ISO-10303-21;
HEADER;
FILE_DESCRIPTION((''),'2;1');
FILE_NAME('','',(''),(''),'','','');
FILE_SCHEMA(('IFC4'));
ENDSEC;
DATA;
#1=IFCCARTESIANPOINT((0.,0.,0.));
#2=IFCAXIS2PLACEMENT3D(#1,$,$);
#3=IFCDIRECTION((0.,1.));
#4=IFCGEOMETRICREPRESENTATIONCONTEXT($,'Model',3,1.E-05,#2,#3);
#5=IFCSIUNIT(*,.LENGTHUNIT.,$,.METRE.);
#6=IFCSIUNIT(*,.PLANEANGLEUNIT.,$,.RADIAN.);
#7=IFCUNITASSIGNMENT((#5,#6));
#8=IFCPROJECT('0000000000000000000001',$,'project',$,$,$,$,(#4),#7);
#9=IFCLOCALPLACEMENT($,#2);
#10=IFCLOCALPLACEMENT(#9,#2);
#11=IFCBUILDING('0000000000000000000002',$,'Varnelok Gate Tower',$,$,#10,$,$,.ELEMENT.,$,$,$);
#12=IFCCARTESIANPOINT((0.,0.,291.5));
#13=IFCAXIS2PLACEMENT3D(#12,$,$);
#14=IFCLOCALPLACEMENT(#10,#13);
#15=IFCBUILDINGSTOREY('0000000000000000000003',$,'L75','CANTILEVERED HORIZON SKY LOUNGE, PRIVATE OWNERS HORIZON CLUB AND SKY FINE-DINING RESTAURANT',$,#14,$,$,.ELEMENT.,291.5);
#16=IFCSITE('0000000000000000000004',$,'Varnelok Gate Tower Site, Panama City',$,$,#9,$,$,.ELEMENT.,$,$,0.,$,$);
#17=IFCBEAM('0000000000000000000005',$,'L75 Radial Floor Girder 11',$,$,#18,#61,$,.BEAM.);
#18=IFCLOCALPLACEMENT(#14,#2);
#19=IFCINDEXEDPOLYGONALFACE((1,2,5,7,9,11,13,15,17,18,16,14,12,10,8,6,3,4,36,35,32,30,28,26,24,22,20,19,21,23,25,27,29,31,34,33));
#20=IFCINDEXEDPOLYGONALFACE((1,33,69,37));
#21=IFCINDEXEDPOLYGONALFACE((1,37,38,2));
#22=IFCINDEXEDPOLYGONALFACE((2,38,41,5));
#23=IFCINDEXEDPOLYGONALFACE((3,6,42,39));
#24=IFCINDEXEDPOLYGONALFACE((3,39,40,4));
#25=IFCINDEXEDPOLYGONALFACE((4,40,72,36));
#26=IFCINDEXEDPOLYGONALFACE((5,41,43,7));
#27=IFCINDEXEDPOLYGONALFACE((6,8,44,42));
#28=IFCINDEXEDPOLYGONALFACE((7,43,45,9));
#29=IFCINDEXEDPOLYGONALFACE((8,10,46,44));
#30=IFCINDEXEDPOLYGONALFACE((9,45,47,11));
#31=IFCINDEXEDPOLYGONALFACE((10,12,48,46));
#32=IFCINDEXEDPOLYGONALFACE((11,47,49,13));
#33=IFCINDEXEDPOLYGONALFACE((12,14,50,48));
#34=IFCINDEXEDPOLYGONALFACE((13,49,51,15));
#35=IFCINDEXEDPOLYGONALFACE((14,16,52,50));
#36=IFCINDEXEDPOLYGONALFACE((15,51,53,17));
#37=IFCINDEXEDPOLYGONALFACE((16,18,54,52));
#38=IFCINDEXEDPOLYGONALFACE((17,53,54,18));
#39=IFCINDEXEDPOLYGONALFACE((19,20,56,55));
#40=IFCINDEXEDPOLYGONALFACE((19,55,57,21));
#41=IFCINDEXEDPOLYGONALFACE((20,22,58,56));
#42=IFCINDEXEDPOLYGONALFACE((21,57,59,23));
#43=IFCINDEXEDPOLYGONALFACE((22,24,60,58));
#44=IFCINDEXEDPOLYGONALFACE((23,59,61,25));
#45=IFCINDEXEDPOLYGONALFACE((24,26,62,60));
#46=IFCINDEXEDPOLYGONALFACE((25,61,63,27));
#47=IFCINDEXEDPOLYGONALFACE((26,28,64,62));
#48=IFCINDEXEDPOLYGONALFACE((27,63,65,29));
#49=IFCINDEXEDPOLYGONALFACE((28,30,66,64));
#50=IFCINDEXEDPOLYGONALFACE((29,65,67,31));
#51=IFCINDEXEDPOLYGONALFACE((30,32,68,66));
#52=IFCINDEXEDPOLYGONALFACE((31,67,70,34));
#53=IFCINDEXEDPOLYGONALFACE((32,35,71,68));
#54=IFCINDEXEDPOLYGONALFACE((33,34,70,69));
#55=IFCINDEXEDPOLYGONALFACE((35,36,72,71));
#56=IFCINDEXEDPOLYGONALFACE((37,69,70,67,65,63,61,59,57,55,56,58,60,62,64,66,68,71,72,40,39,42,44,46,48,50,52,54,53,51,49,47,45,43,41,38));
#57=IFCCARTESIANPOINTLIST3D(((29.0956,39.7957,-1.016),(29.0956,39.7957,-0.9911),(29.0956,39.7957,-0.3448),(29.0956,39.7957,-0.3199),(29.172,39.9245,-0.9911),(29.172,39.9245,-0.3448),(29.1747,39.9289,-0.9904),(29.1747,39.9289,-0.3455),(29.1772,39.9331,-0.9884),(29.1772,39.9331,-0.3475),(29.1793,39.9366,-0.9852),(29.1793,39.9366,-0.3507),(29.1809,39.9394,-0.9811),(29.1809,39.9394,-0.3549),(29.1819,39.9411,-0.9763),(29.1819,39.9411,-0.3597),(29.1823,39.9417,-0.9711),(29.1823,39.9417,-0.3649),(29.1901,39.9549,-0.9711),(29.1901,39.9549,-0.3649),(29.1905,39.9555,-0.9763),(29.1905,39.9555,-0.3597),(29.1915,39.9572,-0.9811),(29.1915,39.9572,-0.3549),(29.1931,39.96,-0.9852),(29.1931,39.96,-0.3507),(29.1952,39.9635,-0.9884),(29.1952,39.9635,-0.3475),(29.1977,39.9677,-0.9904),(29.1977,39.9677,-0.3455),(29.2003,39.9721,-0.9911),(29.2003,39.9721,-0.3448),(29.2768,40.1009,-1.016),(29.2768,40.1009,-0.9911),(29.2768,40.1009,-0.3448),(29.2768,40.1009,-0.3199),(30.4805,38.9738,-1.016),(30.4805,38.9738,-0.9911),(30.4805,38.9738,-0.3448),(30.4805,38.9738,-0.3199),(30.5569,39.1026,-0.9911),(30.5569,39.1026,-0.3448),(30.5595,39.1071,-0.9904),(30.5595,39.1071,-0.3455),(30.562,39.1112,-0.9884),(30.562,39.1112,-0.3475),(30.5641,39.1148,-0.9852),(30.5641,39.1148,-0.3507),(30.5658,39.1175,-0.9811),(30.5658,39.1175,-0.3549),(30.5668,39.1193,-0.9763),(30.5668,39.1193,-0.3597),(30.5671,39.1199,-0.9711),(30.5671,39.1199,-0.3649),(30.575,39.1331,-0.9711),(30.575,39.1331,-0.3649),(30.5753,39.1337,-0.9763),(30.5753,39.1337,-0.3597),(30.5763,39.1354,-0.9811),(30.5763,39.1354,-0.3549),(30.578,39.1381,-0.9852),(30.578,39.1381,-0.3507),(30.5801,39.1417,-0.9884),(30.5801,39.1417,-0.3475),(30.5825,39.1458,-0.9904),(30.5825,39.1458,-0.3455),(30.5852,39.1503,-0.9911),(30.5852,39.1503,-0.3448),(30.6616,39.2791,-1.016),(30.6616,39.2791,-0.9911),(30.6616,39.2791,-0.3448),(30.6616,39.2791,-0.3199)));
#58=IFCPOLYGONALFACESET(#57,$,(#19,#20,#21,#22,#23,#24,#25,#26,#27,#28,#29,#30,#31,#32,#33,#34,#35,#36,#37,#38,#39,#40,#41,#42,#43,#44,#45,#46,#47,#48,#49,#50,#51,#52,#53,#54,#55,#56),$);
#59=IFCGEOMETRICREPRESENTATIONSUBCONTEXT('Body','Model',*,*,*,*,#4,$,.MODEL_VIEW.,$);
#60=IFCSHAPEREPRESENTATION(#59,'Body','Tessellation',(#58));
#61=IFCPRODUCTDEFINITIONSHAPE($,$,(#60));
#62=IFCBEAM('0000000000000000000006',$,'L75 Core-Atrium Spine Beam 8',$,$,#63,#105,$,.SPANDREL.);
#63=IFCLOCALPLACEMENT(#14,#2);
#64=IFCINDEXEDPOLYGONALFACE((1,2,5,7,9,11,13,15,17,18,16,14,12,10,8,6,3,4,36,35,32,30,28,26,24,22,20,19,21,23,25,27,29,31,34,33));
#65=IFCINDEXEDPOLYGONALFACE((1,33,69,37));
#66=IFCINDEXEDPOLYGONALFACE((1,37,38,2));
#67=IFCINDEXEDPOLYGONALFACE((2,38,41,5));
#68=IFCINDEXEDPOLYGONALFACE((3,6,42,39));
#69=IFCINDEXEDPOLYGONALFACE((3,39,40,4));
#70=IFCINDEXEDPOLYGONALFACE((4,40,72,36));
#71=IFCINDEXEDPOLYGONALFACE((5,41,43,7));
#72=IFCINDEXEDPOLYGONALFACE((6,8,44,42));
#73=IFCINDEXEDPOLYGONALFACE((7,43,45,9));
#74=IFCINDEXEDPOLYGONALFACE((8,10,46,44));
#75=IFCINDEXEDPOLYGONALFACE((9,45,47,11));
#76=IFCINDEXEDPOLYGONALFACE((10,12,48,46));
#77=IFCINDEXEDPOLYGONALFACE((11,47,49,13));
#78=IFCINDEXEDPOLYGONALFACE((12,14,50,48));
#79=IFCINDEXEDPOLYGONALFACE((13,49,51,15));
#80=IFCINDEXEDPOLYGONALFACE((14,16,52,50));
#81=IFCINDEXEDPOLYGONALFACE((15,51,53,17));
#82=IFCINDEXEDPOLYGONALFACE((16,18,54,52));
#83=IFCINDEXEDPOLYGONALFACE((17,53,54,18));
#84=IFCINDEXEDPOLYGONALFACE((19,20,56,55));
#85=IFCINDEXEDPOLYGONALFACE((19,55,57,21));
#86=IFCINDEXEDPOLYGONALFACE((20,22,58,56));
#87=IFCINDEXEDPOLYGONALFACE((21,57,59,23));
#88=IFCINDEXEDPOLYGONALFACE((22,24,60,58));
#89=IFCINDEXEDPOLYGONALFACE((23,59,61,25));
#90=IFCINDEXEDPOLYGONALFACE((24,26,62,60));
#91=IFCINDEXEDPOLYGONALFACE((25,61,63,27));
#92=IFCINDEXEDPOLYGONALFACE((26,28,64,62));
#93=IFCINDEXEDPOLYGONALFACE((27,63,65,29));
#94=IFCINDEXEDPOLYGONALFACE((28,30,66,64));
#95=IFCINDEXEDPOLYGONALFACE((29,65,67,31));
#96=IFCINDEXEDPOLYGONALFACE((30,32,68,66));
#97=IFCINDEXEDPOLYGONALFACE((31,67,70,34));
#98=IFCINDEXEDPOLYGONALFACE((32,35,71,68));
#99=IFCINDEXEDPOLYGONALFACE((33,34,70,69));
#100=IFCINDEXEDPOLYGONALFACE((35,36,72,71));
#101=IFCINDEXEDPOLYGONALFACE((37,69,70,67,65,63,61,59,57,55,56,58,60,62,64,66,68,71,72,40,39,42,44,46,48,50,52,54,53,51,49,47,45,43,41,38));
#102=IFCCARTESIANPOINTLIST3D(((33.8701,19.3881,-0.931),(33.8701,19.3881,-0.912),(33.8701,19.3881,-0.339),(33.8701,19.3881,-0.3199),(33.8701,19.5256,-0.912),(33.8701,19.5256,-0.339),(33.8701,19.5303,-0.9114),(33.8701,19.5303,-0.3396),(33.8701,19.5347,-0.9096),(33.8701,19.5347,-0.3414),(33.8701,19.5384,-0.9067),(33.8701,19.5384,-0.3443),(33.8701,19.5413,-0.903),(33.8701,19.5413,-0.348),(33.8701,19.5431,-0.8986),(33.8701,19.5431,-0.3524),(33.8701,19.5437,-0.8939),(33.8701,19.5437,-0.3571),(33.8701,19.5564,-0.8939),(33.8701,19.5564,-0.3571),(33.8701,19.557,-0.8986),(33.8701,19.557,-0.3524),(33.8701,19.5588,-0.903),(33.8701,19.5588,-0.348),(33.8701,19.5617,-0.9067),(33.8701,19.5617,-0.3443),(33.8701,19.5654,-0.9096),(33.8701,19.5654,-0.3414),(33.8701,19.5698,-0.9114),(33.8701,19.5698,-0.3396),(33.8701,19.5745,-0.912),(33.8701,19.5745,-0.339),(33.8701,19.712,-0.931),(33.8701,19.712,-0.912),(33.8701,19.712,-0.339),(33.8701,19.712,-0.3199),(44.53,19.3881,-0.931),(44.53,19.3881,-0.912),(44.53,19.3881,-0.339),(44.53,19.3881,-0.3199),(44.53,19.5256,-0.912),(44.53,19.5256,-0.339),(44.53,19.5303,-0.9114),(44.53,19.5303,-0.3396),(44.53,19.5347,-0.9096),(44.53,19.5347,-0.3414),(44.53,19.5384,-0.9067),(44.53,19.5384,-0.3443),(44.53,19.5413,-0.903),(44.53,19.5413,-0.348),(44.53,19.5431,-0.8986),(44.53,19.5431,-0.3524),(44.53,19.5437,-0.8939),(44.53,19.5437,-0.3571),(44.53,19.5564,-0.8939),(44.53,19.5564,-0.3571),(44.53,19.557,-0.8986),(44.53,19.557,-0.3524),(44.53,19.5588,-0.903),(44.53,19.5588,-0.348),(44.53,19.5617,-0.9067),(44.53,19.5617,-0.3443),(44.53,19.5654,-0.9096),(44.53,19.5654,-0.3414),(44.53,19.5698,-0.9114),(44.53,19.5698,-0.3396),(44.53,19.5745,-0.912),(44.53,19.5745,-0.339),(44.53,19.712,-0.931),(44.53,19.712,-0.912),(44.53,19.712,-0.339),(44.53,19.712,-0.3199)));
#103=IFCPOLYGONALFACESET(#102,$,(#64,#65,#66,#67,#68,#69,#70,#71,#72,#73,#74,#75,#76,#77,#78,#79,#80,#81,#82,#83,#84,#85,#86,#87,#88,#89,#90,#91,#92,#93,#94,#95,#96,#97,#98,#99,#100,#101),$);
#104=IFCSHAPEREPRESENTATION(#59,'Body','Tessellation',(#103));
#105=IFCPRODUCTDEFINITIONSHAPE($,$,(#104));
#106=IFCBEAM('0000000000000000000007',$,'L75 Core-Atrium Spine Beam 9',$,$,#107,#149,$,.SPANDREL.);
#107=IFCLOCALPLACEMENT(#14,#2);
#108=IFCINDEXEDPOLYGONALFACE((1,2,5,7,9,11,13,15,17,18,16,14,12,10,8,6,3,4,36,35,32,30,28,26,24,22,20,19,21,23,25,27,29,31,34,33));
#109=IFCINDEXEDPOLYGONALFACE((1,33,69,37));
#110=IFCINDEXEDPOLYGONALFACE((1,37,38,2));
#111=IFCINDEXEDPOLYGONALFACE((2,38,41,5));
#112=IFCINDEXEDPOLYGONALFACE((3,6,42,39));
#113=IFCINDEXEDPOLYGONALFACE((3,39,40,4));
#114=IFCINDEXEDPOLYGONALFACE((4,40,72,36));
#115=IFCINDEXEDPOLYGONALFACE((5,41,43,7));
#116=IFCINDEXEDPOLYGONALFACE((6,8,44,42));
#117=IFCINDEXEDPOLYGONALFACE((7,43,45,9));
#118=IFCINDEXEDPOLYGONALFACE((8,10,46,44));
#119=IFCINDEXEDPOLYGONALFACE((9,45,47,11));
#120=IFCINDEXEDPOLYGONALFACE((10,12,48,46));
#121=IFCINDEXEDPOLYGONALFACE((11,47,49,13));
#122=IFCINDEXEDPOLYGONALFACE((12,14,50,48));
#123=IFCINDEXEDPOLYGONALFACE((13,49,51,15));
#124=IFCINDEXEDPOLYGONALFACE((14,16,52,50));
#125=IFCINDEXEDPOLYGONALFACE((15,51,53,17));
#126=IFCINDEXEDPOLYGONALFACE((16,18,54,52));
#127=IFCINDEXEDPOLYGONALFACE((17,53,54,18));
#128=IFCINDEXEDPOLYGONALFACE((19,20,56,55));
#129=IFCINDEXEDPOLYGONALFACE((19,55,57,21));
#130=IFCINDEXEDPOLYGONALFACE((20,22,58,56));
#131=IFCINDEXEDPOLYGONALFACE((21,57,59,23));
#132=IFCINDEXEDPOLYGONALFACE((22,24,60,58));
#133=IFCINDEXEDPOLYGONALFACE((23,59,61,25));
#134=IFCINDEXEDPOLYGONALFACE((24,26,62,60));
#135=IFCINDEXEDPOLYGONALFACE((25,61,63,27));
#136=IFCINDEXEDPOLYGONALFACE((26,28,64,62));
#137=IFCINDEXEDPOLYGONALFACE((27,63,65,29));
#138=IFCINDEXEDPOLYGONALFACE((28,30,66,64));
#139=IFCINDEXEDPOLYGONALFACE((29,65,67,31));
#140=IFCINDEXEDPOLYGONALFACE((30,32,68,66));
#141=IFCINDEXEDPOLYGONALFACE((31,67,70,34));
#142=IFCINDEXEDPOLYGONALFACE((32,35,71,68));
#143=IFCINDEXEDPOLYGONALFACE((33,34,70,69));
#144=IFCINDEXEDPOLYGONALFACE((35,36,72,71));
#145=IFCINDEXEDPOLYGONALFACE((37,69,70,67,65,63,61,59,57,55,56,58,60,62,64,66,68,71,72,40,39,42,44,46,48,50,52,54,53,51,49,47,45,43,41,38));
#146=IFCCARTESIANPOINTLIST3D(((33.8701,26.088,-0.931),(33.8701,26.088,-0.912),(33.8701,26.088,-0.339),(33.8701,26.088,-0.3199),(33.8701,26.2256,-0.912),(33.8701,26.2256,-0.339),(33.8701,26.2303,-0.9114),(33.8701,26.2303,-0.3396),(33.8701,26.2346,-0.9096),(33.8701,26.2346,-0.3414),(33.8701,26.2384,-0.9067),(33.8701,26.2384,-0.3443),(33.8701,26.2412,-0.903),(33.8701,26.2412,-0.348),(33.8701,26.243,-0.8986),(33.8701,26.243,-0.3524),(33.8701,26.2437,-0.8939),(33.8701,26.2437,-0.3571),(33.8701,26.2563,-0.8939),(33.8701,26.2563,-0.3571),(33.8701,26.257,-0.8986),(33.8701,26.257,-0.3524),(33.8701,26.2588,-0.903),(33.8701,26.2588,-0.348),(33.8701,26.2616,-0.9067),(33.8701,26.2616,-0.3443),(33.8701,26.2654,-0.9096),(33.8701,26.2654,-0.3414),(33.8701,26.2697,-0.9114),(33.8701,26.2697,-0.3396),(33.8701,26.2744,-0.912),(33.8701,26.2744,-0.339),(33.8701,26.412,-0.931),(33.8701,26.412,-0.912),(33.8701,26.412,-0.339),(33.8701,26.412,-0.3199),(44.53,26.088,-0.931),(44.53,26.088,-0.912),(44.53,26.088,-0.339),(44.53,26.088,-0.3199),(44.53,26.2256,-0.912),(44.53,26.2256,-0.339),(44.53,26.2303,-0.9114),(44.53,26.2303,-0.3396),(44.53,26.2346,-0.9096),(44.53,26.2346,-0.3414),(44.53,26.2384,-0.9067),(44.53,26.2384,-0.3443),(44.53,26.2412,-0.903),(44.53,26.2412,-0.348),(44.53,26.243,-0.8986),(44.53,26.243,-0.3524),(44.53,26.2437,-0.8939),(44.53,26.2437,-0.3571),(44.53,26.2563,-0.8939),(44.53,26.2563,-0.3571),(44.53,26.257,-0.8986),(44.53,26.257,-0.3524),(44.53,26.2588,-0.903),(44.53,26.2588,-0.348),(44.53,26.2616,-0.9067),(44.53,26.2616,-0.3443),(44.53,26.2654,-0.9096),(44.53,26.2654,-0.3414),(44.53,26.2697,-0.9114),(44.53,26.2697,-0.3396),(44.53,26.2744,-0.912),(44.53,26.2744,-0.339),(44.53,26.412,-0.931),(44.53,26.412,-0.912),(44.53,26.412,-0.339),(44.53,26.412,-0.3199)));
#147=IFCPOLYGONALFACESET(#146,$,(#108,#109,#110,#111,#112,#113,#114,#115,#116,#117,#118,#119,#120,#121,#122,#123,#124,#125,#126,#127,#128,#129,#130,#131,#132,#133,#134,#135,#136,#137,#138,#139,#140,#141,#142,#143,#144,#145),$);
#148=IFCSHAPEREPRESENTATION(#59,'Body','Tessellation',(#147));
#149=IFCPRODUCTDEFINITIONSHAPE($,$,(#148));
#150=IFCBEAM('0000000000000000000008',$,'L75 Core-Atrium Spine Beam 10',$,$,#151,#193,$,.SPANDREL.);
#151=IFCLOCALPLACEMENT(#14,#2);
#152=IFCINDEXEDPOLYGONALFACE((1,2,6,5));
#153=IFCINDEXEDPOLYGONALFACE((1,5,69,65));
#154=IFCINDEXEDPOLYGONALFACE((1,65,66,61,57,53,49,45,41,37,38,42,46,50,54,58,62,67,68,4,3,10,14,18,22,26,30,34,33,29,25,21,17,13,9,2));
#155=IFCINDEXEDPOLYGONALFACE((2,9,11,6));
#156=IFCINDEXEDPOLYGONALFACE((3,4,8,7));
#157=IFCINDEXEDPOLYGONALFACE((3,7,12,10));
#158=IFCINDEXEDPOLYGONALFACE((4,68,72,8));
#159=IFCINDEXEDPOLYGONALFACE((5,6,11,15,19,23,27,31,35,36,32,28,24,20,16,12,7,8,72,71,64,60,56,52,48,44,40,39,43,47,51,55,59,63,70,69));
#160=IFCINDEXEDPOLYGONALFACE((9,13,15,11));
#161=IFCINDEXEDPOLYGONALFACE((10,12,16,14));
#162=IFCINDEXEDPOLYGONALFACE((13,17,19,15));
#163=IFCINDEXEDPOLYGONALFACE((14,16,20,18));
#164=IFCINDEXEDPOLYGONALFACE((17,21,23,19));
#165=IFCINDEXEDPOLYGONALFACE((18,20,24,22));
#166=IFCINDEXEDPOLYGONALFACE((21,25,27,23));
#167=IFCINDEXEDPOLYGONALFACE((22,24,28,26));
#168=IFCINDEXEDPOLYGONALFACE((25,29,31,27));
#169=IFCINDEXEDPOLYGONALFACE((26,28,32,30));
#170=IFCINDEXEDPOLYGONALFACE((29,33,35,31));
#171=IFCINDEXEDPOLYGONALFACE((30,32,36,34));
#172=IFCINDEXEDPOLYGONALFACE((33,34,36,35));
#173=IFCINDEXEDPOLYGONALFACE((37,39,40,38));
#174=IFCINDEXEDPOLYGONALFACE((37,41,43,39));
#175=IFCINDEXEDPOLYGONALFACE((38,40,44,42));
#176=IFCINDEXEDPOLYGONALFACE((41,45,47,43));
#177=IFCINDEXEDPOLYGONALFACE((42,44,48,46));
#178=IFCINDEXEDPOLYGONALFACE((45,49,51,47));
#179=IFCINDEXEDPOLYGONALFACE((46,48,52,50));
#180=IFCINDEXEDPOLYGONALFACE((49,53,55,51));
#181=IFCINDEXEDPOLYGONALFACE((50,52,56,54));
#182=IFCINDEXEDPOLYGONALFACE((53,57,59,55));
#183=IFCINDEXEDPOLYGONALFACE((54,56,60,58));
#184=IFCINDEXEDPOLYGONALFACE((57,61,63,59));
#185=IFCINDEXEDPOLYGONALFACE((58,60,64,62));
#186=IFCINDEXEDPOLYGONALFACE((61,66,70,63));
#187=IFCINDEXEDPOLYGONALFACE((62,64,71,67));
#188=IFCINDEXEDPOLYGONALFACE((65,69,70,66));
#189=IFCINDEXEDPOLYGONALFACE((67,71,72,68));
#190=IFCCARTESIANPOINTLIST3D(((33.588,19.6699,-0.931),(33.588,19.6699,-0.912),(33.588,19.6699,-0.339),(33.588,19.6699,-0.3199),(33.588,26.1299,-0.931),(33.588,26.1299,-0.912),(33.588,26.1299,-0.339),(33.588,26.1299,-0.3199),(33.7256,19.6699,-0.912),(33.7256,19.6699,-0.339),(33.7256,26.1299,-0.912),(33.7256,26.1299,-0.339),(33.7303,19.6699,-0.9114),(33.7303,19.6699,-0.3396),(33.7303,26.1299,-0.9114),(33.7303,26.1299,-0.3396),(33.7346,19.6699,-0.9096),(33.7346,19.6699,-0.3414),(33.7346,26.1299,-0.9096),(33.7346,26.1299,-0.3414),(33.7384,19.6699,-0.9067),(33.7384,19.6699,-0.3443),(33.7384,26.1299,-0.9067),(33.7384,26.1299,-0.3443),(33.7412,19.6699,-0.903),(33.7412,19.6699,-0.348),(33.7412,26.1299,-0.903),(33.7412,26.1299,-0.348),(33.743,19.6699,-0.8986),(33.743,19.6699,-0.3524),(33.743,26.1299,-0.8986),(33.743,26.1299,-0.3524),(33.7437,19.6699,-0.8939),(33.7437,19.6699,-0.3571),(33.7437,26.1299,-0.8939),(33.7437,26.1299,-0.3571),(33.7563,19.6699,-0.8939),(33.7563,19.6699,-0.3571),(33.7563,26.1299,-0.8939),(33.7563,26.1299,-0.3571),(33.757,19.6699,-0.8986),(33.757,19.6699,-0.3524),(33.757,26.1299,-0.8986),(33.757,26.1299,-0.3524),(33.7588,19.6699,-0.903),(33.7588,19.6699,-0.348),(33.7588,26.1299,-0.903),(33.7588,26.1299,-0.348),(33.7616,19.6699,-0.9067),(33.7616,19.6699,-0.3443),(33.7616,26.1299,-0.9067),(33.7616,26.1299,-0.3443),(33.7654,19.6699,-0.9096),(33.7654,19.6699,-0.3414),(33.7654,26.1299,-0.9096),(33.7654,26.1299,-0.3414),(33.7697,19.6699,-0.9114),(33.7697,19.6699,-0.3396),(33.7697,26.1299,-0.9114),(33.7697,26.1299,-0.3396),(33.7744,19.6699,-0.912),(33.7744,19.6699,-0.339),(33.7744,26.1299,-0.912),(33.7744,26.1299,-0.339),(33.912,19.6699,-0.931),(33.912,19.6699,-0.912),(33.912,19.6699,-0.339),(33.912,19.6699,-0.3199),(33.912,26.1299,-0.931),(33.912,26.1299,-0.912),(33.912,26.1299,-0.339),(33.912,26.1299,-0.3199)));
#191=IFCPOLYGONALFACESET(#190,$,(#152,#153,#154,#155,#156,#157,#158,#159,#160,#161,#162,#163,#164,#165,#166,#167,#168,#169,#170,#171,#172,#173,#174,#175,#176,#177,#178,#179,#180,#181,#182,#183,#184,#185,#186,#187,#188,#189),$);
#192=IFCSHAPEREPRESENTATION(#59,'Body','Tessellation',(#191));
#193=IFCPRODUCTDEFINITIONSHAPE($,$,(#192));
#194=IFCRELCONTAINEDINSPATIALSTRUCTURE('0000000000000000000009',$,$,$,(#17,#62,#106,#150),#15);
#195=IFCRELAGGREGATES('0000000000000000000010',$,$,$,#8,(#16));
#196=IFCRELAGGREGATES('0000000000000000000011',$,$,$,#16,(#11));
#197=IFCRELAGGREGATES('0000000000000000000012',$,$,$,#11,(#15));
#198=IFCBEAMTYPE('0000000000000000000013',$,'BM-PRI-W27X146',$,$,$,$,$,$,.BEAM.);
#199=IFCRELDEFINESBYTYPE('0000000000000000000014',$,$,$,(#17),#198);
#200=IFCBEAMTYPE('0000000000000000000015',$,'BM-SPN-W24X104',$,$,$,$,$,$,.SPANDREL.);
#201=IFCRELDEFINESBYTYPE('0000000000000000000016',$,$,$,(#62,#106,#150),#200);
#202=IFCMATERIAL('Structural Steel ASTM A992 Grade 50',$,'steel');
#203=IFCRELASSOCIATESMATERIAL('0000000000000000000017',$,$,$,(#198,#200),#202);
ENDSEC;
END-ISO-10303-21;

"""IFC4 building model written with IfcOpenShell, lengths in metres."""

from ifc_helpers import new_model, si_unit, direction, frame, origin, origin_2d, place, context, subcontext, project, spatial, i_section, extrude, material, material_profile, profile_set, type_object, element, save


model = new_model("IFC4")

# Units and contexts
model_context = context("Model", 3, precision=1e-05, world=origin(), true_north=direction((0.0, 1.0)))
body_context = subcontext(model_context, "Body", "Model", "MODEL_VIEW")
ifc_project = project(units=[si_unit("LENGTHUNIT", "METRE"), si_unit("PLANEANGLEUNIT", "RADIAN")], contexts=[model_context])

# Site, building, storey
site_placement = place(None, origin())
site = spatial("IfcSite", under=ifc_project, at=site_placement, Name="Varnelok Gate Tower Site, Panama City", CompositionType="ELEMENT", RefElevation=0.0)
building_placement = place(site_placement, origin())
building = spatial("IfcBuilding", under=site, at=building_placement, Name="Varnelok Gate Tower", CompositionType="ELEMENT")
storey_placement = place(building_placement, frame((0.0, 0.0, 291.5)))
storey = spatial("IfcBuildingStorey", under=building, at=storey_placement, Name="L75", Description="CANTILEVERED HORIZON SKY LOUNGE, PRIVATE OWNERS HORIZON CLUB AND SKY FINE-DINING RESTAURANT", CompositionType="ELEMENT", Elevation=291.5)

# Shared definitions
ifc_material_1 = material(Name="Structural Steel ASTM A992 Grade 50", Category="steel")

# Beams
ifc_material_profile_1 = material_profile(ifc_material_1, i_section(OverallWidth=0.355, OverallDepth=0.696, WebThickness=0.0154, FlangeThickness=0.0249, FilletRadius=0.02, at=origin_2d()), Name="W27X146")
ifc_profile_set_1 = profile_set([ifc_material_profile_1], Name="Structural Steel ASTM A992 Grade 50")
beam_type_1 = type_object("IfcBeamType", Name="BM-PRI-W27X146", PredefinedType="BEAM", material=ifc_profile_set_1)
beam_1_placement = place(storey_placement, frame((30.571, 39.1265, -0.668), z_axis=(-0.859971, 0.510343, 0.0), x_axis=(-0.510343, -0.859971, 0.0)))
element("IfcBeam", 1, at=beam_1_placement, inside=storey, type_object=beam_type_1, Name="L75 Radial Floor Girder 11", PredefinedType="BEAM", context=body_context, shape_type="SweptSolid", body=[
    extrude(i_section(OverallWidth=0.355, OverallDepth=0.696, WebThickness=0.0154, FlangeThickness=0.0249, FilletRadius=0.02, at=origin_2d()), origin(), (0.0, 0.0, 1.0), 1.6104),
])
ifc_material_profile_2 = material_profile(ifc_material_1, i_section(OverallWidth=0.324, OverallDepth=0.6111, WebThickness=0.0127, FlangeThickness=0.019, FilletRadius=0.0181, at=origin_2d()), Name="W24X104")
ifc_profile_set_2 = profile_set([ifc_material_profile_2], Name="Structural Steel ASTM A992 Grade 50")
beam_type_2 = type_object("IfcBeamType", Name="BM-SPN-W24X104", PredefinedType="SPANDREL", material=ifc_profile_set_2)
for number, where, z_axis, x_axis, name in (
    (2, (33.8701, 19.55, -0.6255), (1.0, 0.0, 0.0), (0.0, 1.0, 0.0), "L75 Core-Atrium Spine Beam 8"),
    (3, (33.8701, 26.25, -0.6255), (1.0, 0.0, 0.0), (0.0, 1.0, 0.0), "L75 Core-Atrium Spine Beam 9"),
):
    element("IfcBeam", number, at=place(storey_placement, frame(where, z_axis=z_axis, x_axis=x_axis)), inside=storey, type_object=beam_type_2, Name=name, PredefinedType="SPANDREL", context=body_context, shape_type="SweptSolid", body=[
        extrude(i_section(OverallWidth=0.324, OverallDepth=0.6111, WebThickness=0.0127, FlangeThickness=0.019, FilletRadius=0.0181, at=origin_2d()), origin(), (0.0, 0.0, 1.0), 10.6599),
    ])
beam_2_placement = place(storey_placement, frame((33.75, 19.6699, -0.6255), z_axis=(0.0, 1.0, 0.0), x_axis=(-1.0, 0.0, 0.0)))
element("IfcBeam", 4, at=beam_2_placement, inside=storey, type_object=beam_type_2, Name="L75 Core-Atrium Spine Beam 10", PredefinedType="SPANDREL", context=body_context, shape_type="SweptSolid", body=[
    extrude(i_section(OverallWidth=0.324, OverallDepth=0.6111, WebThickness=0.0127, FlangeThickness=0.019, FilletRadius=0.0181, at=origin_2d()), origin(), (0.0, 0.0, 1.0), 6.46),
])

save(model, "model.ifc")
